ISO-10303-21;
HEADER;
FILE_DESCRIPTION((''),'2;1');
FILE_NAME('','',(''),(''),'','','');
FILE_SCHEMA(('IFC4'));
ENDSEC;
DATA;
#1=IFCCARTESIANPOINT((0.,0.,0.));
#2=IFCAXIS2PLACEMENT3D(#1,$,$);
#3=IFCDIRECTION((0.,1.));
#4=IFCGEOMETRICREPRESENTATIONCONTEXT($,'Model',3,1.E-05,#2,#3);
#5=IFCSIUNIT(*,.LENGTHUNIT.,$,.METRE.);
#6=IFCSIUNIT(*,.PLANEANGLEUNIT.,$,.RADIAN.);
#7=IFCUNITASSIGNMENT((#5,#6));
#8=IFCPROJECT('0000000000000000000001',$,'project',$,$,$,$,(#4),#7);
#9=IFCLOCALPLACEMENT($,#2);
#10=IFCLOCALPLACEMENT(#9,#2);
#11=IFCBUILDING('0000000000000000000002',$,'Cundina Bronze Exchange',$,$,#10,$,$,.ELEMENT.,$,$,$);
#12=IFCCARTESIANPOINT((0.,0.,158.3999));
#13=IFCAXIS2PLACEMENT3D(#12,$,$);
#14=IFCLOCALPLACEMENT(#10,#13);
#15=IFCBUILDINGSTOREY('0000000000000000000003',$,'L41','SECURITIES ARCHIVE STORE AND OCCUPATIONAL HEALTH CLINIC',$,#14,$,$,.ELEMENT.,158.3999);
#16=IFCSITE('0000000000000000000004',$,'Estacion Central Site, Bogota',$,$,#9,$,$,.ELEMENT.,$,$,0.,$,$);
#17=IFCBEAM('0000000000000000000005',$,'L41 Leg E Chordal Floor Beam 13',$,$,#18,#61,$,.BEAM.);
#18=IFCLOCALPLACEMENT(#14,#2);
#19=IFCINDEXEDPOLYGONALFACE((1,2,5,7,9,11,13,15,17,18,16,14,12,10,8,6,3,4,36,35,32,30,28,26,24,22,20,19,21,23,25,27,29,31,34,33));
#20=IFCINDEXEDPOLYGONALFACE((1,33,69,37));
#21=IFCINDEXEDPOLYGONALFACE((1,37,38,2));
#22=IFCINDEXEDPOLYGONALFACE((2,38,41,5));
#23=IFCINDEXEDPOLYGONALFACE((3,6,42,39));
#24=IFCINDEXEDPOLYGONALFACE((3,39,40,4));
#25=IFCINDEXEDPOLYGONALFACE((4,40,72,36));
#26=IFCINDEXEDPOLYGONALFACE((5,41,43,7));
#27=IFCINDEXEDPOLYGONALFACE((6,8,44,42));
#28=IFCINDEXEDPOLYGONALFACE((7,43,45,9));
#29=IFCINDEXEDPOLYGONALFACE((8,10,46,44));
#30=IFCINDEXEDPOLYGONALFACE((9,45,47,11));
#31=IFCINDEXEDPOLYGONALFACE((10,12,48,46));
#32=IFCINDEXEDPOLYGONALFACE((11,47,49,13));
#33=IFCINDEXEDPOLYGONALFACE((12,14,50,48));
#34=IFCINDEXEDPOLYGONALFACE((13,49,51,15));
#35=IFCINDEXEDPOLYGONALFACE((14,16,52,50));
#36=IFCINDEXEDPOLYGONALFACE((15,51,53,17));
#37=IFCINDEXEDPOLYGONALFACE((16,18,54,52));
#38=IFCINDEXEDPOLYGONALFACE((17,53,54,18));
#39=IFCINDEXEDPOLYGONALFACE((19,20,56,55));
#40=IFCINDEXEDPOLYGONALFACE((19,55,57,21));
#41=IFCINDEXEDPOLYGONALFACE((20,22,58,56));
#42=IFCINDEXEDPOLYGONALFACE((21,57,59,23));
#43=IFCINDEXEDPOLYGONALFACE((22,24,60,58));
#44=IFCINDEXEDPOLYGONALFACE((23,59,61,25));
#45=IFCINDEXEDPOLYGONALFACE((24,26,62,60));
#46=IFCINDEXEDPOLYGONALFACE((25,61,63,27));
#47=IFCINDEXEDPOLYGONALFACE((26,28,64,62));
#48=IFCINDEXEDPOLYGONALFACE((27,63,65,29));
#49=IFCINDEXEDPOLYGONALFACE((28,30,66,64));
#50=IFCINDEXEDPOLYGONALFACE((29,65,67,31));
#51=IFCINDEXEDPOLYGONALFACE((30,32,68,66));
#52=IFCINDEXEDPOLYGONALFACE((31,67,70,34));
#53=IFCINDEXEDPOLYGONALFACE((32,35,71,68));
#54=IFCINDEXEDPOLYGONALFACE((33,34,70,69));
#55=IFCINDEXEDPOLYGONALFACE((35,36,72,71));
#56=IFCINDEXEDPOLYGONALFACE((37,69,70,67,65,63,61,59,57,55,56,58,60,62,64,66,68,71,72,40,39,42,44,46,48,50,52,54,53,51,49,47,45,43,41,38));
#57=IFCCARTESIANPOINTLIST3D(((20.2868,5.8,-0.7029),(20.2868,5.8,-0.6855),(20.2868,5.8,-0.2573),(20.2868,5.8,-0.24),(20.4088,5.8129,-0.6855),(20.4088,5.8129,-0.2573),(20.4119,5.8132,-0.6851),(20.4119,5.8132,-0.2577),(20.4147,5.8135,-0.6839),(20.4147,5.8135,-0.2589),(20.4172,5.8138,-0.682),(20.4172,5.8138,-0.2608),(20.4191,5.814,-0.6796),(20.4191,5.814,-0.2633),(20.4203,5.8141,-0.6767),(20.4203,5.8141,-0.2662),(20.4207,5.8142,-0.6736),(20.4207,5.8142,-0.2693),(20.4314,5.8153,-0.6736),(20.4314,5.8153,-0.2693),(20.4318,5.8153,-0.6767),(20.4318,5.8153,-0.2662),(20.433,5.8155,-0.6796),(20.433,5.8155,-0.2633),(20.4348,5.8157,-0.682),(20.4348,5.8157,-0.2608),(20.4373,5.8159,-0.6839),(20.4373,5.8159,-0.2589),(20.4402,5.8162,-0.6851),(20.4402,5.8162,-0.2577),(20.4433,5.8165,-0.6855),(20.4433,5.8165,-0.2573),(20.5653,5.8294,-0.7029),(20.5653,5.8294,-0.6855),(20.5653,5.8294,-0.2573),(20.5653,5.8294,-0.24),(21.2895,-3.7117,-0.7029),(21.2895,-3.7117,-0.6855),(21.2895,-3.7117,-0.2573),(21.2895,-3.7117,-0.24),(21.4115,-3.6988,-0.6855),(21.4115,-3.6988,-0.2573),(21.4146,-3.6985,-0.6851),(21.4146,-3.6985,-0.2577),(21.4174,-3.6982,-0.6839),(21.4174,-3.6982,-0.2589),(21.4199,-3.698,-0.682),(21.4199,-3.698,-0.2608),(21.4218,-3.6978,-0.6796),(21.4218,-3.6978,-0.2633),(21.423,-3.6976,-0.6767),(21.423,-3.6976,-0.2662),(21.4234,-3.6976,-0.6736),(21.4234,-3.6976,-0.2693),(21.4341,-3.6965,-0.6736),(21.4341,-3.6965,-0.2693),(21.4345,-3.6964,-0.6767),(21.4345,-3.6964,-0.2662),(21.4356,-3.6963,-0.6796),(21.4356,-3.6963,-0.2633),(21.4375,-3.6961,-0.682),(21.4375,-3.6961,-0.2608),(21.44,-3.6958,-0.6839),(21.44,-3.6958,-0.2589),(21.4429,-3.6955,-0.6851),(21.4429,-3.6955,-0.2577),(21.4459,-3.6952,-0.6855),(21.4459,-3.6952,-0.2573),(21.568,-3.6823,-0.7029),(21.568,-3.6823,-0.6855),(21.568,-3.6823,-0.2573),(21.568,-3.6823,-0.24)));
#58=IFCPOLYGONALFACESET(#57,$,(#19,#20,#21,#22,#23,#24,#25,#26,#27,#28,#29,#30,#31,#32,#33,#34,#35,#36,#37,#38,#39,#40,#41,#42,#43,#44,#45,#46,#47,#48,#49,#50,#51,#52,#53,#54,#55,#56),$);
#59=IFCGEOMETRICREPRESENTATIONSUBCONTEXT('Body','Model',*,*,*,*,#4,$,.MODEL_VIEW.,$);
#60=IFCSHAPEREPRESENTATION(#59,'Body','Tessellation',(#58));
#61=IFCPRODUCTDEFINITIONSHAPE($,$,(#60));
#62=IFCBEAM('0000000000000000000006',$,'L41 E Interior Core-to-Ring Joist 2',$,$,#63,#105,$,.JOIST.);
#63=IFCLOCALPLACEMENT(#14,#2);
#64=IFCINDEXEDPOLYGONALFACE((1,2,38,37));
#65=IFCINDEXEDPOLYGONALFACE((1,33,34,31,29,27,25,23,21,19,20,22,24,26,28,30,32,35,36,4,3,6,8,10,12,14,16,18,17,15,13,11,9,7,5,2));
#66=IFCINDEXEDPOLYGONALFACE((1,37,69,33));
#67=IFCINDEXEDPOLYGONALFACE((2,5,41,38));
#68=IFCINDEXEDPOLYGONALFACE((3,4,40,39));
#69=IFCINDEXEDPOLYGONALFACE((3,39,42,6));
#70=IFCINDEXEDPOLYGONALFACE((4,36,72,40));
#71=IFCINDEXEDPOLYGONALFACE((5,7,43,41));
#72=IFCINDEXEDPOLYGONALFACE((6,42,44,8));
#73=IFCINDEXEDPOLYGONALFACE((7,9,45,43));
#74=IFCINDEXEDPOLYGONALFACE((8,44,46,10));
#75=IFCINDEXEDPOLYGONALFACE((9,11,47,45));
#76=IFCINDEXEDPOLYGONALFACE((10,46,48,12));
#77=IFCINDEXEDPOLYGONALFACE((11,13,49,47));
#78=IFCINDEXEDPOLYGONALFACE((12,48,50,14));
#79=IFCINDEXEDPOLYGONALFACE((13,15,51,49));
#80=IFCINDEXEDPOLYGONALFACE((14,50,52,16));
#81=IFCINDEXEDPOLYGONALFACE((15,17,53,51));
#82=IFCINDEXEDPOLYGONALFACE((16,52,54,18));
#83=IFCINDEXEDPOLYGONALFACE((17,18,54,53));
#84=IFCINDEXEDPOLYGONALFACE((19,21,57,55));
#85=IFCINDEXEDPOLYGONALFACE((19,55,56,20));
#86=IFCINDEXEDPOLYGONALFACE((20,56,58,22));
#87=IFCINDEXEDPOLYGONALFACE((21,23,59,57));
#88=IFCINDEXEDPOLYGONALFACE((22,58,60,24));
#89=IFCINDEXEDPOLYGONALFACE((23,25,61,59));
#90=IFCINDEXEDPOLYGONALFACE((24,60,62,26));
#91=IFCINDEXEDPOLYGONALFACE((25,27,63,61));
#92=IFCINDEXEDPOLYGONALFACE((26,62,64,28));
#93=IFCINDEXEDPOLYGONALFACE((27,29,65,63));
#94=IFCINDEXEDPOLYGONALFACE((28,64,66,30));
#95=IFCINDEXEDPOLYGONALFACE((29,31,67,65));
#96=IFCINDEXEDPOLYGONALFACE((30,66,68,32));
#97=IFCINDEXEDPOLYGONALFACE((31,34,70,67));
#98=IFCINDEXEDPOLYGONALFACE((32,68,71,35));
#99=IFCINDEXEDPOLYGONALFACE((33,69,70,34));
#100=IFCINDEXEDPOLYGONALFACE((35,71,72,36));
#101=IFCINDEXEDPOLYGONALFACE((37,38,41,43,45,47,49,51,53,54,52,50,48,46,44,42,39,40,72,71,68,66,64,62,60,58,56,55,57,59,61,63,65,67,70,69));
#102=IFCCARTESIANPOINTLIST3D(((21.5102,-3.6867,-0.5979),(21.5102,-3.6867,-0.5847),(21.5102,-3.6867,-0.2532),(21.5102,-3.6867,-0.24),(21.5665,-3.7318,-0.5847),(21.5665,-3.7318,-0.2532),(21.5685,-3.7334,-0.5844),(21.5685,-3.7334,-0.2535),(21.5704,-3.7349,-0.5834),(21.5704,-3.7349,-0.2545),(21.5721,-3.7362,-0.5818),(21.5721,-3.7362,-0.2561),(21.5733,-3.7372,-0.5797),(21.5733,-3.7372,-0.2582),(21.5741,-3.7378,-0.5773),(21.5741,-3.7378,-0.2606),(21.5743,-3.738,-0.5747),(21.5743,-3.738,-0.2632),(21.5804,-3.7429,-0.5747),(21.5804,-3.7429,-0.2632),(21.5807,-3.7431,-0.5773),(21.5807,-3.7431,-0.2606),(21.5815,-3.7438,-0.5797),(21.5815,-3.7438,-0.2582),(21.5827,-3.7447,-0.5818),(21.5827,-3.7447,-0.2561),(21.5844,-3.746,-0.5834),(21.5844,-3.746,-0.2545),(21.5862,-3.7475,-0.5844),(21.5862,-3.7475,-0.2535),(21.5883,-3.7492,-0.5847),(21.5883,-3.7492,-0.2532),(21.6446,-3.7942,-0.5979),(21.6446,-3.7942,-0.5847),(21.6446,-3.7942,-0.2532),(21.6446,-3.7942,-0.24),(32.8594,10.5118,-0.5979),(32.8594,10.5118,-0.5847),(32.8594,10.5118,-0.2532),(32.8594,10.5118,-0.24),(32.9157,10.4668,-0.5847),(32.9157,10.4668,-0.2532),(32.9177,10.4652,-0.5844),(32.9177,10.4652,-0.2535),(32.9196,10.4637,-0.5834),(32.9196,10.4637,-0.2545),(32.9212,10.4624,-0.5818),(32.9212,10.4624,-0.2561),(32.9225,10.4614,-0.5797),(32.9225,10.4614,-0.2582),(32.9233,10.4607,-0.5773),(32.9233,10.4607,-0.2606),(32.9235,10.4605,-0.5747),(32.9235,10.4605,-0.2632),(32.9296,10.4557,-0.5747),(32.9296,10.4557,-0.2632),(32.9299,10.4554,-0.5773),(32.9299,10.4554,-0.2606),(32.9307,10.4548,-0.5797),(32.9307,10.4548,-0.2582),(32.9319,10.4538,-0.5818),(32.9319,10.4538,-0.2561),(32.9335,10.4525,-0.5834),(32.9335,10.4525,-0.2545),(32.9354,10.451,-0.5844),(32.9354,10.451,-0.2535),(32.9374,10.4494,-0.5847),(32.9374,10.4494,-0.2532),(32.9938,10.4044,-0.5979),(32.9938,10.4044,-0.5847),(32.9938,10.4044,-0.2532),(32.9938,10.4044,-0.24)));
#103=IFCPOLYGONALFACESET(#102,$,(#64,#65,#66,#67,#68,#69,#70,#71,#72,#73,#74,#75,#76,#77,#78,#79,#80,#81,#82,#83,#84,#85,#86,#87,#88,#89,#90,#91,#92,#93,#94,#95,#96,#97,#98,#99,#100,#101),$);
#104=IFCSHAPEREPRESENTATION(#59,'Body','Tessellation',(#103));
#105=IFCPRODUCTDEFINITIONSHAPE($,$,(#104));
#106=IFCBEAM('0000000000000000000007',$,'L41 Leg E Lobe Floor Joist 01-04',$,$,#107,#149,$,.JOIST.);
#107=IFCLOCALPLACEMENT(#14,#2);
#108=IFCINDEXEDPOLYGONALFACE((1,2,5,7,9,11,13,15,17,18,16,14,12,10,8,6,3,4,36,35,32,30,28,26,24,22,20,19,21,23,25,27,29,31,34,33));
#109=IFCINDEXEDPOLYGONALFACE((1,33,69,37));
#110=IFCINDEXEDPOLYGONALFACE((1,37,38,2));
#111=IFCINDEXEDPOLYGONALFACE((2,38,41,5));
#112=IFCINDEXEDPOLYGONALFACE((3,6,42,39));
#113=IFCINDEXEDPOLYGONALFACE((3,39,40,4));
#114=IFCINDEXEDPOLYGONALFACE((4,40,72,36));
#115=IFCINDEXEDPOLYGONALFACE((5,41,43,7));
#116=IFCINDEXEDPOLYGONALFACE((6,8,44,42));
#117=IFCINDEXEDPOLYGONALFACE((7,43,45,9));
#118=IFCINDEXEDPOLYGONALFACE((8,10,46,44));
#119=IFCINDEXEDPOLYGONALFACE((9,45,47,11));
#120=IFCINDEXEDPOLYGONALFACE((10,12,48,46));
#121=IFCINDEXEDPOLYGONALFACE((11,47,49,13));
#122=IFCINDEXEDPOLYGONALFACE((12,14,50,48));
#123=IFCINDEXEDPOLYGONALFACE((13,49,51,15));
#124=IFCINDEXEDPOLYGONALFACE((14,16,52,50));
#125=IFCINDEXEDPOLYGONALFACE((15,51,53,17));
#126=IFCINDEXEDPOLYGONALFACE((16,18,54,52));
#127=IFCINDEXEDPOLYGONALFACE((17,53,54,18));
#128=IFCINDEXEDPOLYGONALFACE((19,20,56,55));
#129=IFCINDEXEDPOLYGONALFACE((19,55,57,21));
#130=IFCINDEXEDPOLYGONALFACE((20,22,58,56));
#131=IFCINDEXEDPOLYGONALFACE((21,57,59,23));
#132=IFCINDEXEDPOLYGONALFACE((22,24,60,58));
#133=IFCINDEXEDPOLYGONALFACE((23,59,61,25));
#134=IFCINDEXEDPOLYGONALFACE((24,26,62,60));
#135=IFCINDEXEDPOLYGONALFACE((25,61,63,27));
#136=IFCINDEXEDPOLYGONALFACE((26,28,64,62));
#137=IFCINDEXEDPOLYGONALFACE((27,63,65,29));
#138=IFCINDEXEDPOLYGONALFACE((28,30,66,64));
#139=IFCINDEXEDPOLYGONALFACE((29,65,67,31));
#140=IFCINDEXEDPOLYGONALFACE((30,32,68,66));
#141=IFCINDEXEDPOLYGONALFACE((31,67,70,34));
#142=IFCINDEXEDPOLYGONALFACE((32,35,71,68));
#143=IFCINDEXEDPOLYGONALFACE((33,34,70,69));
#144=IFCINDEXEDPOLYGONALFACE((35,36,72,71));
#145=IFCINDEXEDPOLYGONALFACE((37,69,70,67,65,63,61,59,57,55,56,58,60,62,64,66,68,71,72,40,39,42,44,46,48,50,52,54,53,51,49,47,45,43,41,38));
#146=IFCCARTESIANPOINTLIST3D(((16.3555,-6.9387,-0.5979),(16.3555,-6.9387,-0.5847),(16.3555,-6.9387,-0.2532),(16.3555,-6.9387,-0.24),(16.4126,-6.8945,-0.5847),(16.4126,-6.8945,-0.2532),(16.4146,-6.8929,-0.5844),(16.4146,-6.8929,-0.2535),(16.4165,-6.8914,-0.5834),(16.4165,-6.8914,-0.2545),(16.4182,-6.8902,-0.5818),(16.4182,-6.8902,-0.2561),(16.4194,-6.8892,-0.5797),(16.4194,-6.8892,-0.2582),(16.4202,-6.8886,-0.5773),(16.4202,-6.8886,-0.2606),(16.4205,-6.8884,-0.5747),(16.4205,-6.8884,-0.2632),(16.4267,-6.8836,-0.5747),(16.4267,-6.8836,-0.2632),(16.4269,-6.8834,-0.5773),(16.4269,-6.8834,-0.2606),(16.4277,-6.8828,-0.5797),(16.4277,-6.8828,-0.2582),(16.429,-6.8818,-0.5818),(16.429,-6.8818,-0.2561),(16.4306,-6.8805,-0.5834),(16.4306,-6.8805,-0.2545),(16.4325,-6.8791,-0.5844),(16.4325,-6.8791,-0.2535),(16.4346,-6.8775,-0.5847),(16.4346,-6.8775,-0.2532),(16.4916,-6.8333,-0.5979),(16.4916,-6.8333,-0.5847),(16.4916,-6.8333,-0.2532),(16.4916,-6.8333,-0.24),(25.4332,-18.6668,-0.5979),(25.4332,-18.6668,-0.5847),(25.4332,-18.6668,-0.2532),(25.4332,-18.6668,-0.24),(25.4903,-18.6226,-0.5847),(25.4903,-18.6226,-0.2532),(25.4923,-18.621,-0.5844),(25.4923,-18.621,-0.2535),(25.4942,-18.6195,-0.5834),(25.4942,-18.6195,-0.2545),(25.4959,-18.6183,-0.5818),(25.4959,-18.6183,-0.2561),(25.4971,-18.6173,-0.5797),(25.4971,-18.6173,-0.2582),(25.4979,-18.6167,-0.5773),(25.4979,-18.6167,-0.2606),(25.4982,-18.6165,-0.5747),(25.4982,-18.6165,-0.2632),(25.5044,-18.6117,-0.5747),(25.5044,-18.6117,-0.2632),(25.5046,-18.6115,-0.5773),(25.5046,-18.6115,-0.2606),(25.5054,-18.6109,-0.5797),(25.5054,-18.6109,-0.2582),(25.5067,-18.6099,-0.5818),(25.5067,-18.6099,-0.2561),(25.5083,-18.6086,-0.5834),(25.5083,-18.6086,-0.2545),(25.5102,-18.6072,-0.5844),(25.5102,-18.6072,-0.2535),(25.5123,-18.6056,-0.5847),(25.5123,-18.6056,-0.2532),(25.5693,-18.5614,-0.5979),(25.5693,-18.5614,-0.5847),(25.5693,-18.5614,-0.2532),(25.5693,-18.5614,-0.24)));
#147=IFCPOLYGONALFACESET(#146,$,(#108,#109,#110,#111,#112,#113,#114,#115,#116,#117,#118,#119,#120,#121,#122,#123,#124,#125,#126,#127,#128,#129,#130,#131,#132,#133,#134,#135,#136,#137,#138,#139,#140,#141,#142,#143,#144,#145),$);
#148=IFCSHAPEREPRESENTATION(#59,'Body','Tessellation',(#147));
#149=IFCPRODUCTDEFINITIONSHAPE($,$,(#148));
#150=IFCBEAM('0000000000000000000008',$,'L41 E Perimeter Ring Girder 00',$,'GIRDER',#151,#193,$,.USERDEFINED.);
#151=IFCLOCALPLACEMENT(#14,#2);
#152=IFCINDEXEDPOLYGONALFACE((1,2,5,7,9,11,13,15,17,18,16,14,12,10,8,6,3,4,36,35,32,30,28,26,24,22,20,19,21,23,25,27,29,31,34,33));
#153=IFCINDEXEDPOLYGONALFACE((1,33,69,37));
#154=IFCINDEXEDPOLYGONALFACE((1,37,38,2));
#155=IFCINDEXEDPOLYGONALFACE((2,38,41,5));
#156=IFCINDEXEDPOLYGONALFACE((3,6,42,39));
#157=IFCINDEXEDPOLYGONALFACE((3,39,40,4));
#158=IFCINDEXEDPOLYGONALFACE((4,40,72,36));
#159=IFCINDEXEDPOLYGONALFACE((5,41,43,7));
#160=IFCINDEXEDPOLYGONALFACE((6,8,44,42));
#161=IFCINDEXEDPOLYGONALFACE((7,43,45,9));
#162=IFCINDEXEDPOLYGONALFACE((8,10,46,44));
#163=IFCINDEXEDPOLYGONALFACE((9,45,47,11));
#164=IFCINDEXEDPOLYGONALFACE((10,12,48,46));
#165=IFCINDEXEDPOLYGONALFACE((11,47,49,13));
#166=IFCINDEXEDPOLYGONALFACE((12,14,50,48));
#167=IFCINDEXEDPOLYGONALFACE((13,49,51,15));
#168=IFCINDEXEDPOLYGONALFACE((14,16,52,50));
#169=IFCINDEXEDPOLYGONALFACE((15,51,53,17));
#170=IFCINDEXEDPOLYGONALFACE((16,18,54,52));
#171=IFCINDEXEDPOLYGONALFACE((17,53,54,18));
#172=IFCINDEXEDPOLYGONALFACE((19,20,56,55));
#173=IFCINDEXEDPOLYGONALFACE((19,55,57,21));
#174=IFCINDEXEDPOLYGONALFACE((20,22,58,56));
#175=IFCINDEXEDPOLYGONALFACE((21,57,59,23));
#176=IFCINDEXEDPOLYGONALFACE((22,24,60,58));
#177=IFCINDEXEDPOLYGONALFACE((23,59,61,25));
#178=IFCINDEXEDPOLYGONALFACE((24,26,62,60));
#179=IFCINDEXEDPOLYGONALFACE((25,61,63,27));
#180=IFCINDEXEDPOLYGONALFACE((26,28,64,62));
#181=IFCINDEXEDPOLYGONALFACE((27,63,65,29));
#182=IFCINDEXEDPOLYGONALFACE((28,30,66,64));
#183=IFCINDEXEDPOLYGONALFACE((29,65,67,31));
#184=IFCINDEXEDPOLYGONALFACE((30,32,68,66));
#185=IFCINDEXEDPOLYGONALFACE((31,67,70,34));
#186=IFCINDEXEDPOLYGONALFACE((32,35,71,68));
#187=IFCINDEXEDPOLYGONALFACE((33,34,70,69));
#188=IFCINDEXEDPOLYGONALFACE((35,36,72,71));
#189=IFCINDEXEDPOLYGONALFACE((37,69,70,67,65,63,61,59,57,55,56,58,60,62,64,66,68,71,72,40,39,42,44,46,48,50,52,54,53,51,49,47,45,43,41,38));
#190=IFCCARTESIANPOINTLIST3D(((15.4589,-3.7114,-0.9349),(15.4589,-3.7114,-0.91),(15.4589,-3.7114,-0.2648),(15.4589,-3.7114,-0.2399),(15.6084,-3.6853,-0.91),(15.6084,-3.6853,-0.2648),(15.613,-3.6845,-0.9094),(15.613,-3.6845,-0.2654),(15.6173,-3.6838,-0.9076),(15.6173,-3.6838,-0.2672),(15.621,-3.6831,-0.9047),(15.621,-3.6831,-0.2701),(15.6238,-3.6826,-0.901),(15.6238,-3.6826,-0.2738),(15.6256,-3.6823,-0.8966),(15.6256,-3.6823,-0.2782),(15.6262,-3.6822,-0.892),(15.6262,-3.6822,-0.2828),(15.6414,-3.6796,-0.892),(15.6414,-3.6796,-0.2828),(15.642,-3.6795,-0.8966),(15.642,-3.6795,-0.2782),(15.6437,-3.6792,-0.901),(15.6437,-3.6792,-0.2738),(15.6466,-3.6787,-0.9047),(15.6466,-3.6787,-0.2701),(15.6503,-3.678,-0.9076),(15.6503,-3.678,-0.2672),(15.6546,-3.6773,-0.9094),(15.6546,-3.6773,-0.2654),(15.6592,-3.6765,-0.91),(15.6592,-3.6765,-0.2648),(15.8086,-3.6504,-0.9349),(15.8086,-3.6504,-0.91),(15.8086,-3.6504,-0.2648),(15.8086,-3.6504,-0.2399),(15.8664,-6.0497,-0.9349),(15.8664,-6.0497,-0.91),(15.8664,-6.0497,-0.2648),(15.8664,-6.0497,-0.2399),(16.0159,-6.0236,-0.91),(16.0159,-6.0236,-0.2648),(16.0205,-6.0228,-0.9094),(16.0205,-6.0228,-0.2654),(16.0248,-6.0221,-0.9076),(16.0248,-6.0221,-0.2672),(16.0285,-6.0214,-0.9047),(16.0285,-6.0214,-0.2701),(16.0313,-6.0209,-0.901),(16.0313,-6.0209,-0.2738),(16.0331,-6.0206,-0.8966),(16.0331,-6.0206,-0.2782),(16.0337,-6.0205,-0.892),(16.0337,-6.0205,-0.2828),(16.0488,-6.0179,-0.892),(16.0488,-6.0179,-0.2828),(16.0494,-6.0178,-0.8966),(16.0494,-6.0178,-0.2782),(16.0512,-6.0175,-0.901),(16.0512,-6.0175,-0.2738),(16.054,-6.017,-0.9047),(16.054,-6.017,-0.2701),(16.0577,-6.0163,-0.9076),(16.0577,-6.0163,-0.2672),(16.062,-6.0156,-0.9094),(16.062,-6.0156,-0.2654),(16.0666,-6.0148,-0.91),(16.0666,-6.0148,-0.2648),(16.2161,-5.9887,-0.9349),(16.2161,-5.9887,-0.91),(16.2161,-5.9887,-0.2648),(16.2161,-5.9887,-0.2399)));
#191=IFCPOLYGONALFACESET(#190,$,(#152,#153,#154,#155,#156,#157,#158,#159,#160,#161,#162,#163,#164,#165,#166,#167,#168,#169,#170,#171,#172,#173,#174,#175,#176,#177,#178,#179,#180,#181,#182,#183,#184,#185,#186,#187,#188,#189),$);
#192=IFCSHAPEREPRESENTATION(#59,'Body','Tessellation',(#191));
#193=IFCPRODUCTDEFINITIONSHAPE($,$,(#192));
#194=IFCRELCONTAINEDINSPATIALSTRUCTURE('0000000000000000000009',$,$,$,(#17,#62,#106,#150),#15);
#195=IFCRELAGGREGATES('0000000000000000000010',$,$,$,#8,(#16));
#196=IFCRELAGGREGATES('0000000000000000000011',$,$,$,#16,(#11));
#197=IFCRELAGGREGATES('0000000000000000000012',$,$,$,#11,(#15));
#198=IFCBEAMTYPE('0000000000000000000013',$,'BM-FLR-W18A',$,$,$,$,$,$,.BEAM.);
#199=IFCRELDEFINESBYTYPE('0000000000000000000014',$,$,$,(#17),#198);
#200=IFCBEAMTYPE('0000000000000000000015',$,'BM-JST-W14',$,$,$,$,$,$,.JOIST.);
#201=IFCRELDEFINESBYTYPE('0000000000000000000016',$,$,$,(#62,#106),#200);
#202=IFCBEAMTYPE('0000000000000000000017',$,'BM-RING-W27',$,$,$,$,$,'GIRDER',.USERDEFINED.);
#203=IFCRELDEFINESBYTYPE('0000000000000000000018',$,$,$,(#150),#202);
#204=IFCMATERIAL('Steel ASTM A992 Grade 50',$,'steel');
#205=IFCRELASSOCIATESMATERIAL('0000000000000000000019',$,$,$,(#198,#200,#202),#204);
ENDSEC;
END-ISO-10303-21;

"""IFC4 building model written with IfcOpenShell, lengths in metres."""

from ifc_helpers import new_model, si_unit, direction, frame, origin, origin_2d, place, context, subcontext, project, spatial, i_section, extrude, material, material_profile, profile_set, type_object, element, save


model = new_model("IFC4")

# Units and contexts
model_context = context("Model", 3, precision=1e-05, world=origin(), true_north=direction((0.0, 1.0)))
body_context = subcontext(model_context, "Body", "Model", "MODEL_VIEW")
ifc_project = project(units=[si_unit("LENGTHUNIT", "METRE"), si_unit("PLANEANGLEUNIT", "RADIAN")], contexts=[model_context])

# Site, building, storey
site_placement = place(None, origin())
site = spatial("IfcSite", under=ifc_project, at=site_placement, Name="Estacion Central Site, Bogota", CompositionType="ELEMENT", RefElevation=0.0)
building_placement = place(site_placement, origin())
building = spatial("IfcBuilding", under=site, at=building_placement, Name="Cundina Bronze Exchange", CompositionType="ELEMENT")
storey_placement = place(building_placement, frame((0.0, 0.0, 158.3999)))
storey = spatial("IfcBuildingStorey", under=building, at=storey_placement, Name="L41", Description="SECURITIES ARCHIVE STORE AND OCCUPATIONAL HEALTH CLINIC", CompositionType="ELEMENT", Elevation=158.3999)

# Shared definitions
ifc_material_1 = material(Name="Steel ASTM A992 Grade 50", Category="steel")

# Beams
ifc_material_profile_1 = material_profile(ifc_material_1, i_section(OverallWidth=0.28, OverallDepth=0.4629, WebThickness=0.0107, FlangeThickness=0.0173, FilletRadius=0.012, at=origin_2d()), Name="W18X76", Category="steel")
ifc_profile_set_1 = profile_set([ifc_material_profile_1], Name="Steel ASTM A992 Grade 50")
beam_type_1 = type_object("IfcBeamType", Name="BM-FLR-W18A", PredefinedType="BEAM", material=ifc_profile_set_1)
beam_1_placement = place(storey_placement, frame((21.4287, -3.697, -0.4714), z_axis=(-0.104835, 0.99449, 0.0), x_axis=(-0.99449, -0.104835, 0.0)))
element("IfcBeam", 1, at=beam_1_placement, inside=storey, type_object=beam_type_1, Name="L41 Leg E Chordal Floor Beam 13", PredefinedType="BEAM", context=body_context, shape_type="SweptSolid", body=[
    extrude(i_section(OverallWidth=0.28, OverallDepth=0.4629, WebThickness=0.0107, FlangeThickness=0.0173, FilletRadius=0.012, at=origin_2d()), origin(), (0.0, 0.0, 1.0), 9.5645),
])
ifc_material_profile_2 = material_profile(ifc_material_1, i_section(OverallWidth=0.1721, OverallDepth=0.3579, WebThickness=0.0078, FlangeThickness=0.0132, FilletRadius=0.01, at=origin_2d()), Name="W14X38", Category="steel")
ifc_profile_set_2 = profile_set([ifc_material_profile_2], Name="Steel ASTM A992 Grade 50")
beam_type_2 = type_object("IfcBeamType", Name="BM-JST-W14", PredefinedType="JOIST", material=ifc_profile_set_2)
beam_2_placement = place(storey_placement, frame((21.5774, -3.7405, -0.4189), z_axis=(0.624371, 0.781128, 0.0), x_axis=(-0.781128, 0.624371, 0.0)))
element("IfcBeam", 2, at=beam_2_placement, inside=storey, type_object=beam_type_2, Name="L41 E Interior Core-to-Ring Joist 2", PredefinedType="JOIST", context=body_context, shape_type="SweptSolid", body=[
    extrude(i_section(OverallWidth=0.1721, OverallDepth=0.3579, WebThickness=0.0078, FlangeThickness=0.0132, FilletRadius=0.01, at=origin_2d()), origin(), (0.0, 0.0, 1.0), 18.177),
])
beam_3_placement = place(storey_placement, frame((16.4236, -6.886, -0.4189), z_axis=(0.612084, -0.790793, 0.0), x_axis=(0.790793, 0.612084, 0.0)))
element("IfcBeam", 3, at=beam_3_placement, inside=storey, type_object=beam_type_2, Name="L41 Leg E Lobe Floor Joist 01-04", PredefinedType="JOIST", context=body_context, shape_type="SweptSolid", body=[
    extrude(i_section(OverallWidth=0.1721, OverallDepth=0.3579, WebThickness=0.0078, FlangeThickness=0.0132, FilletRadius=0.01, at=origin_2d()), origin(), (0.0, 0.0, 1.0), 14.8308),
])
ifc_material_profile_3 = material_profile(ifc_material_1, i_section(OverallWidth=0.355, OverallDepth=0.6951, WebThickness=0.0154, FlangeThickness=0.0249, FilletRadius=0.0181, at=origin_2d()), Name="W27X146", Category="steel")
ifc_profile_set_3 = profile_set([ifc_material_profile_3], Name="Steel ASTM A992 Grade 50")
beam_type_3 = type_object("IfcBeamType", Name="BM-RING-W27", ElementType="GIRDER", PredefinedType="USERDEFINED", material=ifc_profile_set_3)
beam_4_placement = place(storey_placement, frame((15.6338, -3.6809, -0.5874), z_axis=(0.171667, -0.985155, 0.0), x_axis=(0.985155, 0.171667, 0.0)))
element("IfcBeam", 4, at=beam_4_placement, inside=storey, type_object=beam_type_3, Name="L41 E Perimeter Ring Girder 00", ObjectType="GIRDER", PredefinedType="USERDEFINED", context=body_context, shape_type="SweptSolid", body=[
    extrude(i_section(OverallWidth=0.355, OverallDepth=0.6951, WebThickness=0.0154, FlangeThickness=0.0249, FilletRadius=0.0181, at=origin_2d()), origin(), (0.0, 0.0, 1.0), 2.3735),
])

save(model, "model.ifc")
